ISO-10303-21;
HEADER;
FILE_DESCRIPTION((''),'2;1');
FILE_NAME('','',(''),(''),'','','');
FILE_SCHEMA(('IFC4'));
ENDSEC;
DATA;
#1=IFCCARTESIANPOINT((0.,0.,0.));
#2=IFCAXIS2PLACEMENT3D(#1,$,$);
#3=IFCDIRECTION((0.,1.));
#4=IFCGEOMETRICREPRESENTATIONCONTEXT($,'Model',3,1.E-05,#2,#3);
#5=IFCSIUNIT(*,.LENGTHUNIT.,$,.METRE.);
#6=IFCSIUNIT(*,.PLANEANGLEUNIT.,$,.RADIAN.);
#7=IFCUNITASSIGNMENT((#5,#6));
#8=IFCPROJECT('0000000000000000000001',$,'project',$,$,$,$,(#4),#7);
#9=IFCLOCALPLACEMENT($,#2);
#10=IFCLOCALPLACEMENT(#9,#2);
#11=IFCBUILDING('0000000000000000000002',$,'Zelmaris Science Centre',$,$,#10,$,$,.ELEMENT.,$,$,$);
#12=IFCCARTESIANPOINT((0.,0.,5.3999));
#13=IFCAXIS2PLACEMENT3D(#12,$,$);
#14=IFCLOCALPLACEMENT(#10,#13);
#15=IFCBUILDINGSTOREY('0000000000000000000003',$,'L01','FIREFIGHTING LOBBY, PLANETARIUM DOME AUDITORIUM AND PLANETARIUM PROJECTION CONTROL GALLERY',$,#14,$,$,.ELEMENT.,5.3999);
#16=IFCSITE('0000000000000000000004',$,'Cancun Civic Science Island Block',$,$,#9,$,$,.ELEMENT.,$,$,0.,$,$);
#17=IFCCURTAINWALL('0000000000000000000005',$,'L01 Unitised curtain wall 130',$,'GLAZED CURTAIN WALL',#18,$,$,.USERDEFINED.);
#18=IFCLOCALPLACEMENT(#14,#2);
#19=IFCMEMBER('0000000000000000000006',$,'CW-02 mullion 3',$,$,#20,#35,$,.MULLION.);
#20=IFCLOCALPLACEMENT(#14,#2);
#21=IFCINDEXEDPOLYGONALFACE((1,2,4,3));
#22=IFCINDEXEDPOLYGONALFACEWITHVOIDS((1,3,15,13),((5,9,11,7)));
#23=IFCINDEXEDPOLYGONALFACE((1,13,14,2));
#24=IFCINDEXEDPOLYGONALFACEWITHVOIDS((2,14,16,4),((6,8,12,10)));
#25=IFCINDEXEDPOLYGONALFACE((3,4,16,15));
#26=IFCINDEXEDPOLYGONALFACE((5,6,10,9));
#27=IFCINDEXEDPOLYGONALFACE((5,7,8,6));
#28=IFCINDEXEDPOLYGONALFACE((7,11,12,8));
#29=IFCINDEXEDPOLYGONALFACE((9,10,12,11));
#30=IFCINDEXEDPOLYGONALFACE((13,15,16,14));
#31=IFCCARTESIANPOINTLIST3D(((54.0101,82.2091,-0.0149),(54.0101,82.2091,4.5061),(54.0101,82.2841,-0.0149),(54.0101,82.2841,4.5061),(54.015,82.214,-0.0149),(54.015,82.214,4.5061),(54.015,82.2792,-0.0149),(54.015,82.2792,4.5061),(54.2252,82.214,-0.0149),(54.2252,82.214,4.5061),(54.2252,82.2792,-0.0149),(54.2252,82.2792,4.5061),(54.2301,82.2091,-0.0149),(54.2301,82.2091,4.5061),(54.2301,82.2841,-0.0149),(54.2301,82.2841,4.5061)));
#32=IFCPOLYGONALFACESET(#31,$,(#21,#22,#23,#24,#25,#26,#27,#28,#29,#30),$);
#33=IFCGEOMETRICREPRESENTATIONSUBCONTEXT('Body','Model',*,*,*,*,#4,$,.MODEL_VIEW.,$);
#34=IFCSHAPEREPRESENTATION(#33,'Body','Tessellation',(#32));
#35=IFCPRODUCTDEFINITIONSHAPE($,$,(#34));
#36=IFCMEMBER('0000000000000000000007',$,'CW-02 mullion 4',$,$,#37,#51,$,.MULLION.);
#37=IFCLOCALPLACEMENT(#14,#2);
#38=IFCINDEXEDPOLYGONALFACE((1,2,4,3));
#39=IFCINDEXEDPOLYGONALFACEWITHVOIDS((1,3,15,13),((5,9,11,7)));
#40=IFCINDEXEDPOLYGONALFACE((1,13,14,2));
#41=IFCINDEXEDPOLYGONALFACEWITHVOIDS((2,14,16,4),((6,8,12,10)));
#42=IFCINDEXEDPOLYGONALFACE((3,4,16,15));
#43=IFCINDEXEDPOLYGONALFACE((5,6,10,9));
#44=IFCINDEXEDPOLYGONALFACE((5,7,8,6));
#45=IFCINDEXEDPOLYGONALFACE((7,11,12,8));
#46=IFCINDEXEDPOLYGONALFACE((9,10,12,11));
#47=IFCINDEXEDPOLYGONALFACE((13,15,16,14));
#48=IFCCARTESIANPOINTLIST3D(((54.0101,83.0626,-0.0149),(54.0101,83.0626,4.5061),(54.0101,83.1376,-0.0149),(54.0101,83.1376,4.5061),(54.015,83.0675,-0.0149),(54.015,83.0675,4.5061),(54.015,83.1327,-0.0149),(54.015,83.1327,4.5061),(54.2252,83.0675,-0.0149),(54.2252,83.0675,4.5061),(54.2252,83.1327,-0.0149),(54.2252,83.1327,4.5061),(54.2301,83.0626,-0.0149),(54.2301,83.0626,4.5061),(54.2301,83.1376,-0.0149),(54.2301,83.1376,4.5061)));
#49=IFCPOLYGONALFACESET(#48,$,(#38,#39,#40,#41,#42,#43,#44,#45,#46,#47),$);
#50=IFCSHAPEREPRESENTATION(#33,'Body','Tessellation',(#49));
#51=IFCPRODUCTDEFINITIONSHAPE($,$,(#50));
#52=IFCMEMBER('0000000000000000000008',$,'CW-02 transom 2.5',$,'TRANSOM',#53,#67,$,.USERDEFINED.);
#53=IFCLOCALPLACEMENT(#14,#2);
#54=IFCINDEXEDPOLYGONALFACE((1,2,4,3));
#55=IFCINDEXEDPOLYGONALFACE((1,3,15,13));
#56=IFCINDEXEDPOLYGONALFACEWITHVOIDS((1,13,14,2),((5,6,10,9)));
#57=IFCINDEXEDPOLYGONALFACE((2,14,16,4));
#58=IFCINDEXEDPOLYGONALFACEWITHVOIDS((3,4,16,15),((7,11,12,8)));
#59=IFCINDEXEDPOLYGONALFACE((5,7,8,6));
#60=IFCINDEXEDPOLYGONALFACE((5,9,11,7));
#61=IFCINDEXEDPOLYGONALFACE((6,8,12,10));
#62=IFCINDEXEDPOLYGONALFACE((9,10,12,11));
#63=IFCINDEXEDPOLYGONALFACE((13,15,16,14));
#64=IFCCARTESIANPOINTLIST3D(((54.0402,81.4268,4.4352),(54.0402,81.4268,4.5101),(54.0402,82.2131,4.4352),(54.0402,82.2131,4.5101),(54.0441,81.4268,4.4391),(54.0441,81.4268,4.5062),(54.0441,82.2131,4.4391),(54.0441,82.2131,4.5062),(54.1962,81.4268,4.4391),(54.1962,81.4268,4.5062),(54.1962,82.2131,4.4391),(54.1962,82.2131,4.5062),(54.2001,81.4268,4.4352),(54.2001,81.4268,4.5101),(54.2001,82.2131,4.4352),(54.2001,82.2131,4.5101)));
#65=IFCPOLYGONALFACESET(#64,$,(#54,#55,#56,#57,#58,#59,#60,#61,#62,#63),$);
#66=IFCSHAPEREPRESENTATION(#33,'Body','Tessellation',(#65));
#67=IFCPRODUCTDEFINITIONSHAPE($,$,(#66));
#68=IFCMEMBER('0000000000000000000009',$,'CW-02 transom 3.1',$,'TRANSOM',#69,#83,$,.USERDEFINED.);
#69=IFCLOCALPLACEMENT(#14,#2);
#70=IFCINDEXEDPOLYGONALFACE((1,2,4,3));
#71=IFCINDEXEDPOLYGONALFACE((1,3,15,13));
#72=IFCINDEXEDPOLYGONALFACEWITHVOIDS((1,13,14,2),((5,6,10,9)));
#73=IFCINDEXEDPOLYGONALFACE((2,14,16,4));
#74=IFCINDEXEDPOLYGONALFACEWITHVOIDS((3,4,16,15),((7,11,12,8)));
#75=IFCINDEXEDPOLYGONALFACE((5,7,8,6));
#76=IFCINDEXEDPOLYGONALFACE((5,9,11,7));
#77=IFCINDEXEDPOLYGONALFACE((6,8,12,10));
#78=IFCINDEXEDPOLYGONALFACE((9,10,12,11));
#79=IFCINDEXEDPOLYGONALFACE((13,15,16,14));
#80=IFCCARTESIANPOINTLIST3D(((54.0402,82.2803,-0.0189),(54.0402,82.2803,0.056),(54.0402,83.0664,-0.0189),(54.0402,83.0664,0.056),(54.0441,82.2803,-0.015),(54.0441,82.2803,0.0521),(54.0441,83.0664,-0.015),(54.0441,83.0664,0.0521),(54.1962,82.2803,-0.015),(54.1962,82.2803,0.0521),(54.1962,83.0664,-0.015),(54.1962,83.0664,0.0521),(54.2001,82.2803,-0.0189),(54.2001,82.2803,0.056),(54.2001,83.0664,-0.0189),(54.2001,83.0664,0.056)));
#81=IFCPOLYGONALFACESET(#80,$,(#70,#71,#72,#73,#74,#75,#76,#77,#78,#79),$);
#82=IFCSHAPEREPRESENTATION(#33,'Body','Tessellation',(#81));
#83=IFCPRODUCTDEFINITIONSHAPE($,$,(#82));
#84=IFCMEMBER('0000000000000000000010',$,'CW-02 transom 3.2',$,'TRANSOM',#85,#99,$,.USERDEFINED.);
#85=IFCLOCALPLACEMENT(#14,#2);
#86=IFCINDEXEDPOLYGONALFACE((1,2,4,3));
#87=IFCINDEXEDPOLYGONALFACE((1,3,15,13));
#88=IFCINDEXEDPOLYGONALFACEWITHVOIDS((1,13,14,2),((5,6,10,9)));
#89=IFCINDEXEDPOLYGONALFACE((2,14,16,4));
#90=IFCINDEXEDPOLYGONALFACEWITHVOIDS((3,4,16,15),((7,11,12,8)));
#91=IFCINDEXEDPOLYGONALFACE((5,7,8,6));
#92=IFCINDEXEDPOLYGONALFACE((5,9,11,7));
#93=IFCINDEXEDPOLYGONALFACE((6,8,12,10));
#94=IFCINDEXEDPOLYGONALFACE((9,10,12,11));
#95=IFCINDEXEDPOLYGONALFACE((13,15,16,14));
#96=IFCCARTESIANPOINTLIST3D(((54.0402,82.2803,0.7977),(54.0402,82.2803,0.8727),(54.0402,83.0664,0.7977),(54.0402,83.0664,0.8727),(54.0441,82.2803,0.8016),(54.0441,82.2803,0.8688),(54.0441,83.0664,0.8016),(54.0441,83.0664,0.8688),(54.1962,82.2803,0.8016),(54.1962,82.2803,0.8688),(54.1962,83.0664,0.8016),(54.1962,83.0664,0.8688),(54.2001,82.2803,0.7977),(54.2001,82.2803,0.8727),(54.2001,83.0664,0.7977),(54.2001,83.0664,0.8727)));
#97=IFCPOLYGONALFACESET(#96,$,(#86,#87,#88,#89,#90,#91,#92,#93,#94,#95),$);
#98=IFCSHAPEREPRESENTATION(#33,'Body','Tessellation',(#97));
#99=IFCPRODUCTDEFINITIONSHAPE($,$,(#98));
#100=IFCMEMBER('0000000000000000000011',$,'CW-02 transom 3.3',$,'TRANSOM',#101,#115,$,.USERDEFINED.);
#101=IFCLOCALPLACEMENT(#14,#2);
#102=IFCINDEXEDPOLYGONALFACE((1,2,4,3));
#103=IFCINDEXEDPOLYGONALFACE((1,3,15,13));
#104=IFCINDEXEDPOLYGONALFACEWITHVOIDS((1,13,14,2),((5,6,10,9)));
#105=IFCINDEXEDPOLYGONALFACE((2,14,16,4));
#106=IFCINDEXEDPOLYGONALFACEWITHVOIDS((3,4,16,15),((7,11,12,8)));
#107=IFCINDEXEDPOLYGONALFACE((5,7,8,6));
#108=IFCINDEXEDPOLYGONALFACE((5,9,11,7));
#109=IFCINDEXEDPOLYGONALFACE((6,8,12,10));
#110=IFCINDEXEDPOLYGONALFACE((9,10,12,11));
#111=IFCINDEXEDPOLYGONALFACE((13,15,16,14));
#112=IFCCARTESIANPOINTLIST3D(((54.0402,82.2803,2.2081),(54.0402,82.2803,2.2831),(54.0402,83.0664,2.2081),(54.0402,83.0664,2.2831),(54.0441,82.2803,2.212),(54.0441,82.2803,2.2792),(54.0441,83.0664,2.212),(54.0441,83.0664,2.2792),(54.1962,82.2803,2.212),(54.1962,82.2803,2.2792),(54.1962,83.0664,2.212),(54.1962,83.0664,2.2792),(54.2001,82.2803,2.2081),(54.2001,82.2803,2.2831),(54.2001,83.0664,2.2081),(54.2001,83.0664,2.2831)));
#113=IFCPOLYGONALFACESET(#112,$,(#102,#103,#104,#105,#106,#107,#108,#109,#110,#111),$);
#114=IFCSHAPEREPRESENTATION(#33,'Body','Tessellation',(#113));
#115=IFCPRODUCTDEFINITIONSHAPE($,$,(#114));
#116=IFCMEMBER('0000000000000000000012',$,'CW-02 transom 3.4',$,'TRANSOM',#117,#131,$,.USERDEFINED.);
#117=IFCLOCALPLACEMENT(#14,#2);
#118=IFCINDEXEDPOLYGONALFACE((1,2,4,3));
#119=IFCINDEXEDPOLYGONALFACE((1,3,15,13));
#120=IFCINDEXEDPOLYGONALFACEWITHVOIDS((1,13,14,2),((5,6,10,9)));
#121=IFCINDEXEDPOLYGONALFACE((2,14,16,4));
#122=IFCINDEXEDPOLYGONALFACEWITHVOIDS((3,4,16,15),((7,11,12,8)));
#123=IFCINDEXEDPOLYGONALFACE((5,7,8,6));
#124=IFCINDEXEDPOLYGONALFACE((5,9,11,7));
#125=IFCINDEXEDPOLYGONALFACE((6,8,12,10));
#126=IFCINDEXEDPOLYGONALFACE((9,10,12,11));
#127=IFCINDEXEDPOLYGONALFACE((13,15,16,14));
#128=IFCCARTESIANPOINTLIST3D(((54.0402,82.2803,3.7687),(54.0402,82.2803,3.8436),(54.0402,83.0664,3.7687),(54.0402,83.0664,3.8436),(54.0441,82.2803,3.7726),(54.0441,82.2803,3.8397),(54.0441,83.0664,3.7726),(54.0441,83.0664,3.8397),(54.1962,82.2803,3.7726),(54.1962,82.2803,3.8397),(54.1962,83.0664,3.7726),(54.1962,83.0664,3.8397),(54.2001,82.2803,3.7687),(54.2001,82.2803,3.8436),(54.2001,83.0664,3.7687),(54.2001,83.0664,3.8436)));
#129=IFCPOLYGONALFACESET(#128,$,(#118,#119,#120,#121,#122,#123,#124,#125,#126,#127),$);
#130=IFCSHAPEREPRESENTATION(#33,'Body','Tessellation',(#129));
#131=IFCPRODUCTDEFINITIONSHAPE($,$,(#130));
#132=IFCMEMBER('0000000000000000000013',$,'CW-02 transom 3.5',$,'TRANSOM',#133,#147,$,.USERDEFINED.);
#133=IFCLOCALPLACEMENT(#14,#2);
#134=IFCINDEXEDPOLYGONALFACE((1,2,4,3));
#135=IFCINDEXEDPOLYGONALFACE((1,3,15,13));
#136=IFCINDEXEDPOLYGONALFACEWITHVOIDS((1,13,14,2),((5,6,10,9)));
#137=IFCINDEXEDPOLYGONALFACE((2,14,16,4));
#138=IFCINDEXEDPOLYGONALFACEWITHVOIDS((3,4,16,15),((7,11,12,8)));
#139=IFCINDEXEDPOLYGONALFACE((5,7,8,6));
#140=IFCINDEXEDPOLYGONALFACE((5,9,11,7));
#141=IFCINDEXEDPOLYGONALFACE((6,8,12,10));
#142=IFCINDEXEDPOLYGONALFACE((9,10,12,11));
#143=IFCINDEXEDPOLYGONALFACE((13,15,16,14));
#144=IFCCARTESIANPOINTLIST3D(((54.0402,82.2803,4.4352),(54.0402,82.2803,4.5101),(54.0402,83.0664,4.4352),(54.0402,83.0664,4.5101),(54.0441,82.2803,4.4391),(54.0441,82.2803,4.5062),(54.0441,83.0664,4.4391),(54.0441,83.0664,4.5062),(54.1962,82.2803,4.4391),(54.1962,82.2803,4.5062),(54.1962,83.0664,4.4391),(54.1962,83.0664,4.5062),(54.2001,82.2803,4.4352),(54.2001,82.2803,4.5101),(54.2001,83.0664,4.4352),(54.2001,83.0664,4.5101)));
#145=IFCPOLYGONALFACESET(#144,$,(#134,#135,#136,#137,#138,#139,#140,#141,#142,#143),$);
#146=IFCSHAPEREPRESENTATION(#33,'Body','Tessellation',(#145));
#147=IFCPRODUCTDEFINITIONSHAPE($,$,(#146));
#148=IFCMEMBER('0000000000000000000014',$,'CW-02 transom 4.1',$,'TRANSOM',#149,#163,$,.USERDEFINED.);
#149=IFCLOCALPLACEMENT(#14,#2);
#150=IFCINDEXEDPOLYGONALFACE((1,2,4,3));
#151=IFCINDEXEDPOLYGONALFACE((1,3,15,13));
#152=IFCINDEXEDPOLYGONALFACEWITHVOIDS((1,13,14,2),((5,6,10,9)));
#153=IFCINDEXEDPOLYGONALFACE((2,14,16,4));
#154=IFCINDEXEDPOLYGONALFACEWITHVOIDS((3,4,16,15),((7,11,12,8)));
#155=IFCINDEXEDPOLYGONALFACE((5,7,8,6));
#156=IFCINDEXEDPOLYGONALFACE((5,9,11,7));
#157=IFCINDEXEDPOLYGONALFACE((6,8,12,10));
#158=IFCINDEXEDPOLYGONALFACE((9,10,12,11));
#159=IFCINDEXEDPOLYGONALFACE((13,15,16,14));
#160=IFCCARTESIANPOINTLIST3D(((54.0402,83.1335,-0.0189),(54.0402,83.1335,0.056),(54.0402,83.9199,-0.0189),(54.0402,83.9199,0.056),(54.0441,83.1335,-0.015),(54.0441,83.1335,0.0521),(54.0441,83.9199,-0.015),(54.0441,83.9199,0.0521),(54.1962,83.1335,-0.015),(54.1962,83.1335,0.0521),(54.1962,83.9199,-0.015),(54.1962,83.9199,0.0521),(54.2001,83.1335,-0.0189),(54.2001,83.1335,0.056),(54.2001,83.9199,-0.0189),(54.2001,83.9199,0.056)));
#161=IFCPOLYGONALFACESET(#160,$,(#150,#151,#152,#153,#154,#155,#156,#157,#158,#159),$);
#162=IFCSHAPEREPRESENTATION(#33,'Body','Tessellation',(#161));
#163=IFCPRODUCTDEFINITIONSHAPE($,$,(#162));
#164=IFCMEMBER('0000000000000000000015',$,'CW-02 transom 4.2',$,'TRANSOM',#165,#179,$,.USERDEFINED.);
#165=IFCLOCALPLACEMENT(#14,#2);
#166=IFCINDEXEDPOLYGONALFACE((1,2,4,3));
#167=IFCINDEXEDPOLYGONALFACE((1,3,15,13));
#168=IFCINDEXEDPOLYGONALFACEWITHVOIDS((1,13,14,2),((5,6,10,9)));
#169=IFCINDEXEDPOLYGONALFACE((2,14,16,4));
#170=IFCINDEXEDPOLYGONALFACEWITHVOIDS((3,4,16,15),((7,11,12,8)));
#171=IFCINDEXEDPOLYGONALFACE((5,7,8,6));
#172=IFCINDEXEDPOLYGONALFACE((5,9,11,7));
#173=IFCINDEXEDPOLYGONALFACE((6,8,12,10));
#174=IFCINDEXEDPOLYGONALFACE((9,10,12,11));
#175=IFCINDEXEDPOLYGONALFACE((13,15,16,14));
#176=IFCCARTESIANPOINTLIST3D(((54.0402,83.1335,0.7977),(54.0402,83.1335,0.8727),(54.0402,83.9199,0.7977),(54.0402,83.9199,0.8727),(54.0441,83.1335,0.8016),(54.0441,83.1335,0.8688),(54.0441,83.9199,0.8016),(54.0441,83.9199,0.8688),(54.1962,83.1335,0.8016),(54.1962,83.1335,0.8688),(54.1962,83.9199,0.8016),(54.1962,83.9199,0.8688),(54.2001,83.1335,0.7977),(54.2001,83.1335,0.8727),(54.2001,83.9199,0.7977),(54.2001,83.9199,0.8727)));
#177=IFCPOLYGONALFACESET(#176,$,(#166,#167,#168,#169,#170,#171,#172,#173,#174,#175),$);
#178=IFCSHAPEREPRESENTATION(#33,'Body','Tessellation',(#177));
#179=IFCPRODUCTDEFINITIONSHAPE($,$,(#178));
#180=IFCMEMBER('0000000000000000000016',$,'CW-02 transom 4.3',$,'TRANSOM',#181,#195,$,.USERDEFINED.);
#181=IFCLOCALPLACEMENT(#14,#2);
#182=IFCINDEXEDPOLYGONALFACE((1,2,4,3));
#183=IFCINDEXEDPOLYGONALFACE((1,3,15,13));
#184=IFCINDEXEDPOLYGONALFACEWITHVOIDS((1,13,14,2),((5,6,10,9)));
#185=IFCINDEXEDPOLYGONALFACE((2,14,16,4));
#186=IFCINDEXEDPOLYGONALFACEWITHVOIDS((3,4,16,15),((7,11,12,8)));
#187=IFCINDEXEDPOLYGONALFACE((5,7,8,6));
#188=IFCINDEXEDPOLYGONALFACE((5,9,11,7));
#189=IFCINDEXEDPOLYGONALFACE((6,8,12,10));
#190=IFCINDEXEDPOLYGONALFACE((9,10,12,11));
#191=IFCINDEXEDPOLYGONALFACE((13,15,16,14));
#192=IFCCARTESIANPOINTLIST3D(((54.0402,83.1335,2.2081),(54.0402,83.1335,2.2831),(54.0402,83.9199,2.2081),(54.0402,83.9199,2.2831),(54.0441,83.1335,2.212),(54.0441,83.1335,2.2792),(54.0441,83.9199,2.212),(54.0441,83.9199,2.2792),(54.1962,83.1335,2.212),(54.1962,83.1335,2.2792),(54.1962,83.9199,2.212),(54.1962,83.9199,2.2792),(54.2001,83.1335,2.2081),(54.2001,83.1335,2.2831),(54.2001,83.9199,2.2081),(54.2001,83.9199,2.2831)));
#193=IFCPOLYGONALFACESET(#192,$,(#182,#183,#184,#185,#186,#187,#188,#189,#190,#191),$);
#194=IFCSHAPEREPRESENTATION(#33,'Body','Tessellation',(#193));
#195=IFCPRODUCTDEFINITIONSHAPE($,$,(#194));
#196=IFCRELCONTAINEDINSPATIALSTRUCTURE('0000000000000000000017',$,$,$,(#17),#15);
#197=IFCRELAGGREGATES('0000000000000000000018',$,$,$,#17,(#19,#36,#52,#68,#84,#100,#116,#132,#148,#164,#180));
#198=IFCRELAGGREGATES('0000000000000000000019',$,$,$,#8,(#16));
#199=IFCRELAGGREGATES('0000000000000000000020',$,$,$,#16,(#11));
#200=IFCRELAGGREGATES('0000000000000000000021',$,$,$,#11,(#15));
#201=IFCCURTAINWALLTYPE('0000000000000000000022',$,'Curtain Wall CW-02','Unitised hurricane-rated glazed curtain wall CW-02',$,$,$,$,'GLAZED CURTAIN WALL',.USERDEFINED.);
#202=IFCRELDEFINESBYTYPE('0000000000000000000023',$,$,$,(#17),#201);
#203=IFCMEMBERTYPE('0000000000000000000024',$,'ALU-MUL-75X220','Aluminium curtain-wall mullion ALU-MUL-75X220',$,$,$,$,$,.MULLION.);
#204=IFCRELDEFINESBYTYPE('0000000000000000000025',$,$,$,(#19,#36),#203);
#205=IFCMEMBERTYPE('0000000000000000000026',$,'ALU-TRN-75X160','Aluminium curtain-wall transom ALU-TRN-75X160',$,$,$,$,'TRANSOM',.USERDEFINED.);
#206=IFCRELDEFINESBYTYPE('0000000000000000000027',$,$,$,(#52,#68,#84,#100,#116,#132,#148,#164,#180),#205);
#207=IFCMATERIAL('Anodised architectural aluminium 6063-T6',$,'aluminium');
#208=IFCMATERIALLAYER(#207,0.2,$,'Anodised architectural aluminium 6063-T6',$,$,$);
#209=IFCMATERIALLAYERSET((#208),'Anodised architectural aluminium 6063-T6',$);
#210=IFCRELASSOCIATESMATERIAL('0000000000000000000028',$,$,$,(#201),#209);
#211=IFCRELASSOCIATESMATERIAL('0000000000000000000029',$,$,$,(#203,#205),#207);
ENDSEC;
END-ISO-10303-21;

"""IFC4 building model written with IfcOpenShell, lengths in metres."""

from ifc_helpers import new_model, si_unit, direction, frame, origin, origin_2d, place, context, subcontext, project, spatial, hollow_rectangle, extrude, material, layer, layer_set, material_profile, profile_set, type_object, element, aggregate, save


model = new_model("IFC4")

# Units and contexts
model_context = context("Model", 3, precision=1e-05, world=origin(), true_north=direction((0.0, 1.0)))
body_context = subcontext(model_context, "Body", "Model", "MODEL_VIEW")
ifc_project = project(units=[si_unit("LENGTHUNIT", "METRE"), si_unit("PLANEANGLEUNIT", "RADIAN")], contexts=[model_context])

# Site, building, storey
site_placement = place(None, origin())
site = spatial("IfcSite", under=ifc_project, at=site_placement, Name="Cancun Civic Science Island Block", CompositionType="ELEMENT", RefElevation=0.0)
building_placement = place(site_placement, origin())
building = spatial("IfcBuilding", under=site, at=building_placement, Name="Zelmaris Science Centre", CompositionType="ELEMENT")
storey_placement = place(building_placement, frame((0.0, 0.0, 5.3999)))
storey = spatial("IfcBuildingStorey", under=building, at=storey_placement, Name="L01", Description="FIREFIGHTING LOBBY, PLANETARIUM DOME AUDITORIUM AND PLANETARIUM PROJECTION CONTROL GALLERY", CompositionType="ELEMENT", Elevation=5.3999)

# Curtain wall, members
ifc_material_1 = material(Name="Anodised architectural aluminium 6063-T6", Category="aluminium")
ifc_layer_1 = layer(ifc_material_1, 0.2, Name="Anodised architectural aluminium 6063-T6")
ifc_layer_set_1 = layer_set([ifc_layer_1], Name="Anodised architectural aluminium 6063-T6")
curtain_wall_type = type_object("IfcCurtainWallType", Name="Curtain Wall CW-02", Description="Unitised hurricane-rated glazed curtain wall CW-02", ElementType="GLAZED CURTAIN WALL", PredefinedType="USERDEFINED", material=ifc_layer_set_1)
curtain_wall_placement = place(storey_placement, origin())
curtain_wall = element("IfcCurtainWall", 1, at=curtain_wall_placement, inside=storey, type_object=curtain_wall_type, Name="L01 Unitised curtain wall 130", ObjectType="GLAZED CURTAIN WALL", PredefinedType="USERDEFINED")
ifc_material_profile_1 = material_profile(ifc_material_1, hollow_rectangle(XDim=0.075, YDim=0.22, WallThickness=0.0049, at=origin_2d()), Name="ALU-MUL-75X220")
ifc_profile_set_1 = profile_set([ifc_material_profile_1], Name="Anodised architectural aluminium 6063-T6")
member_type_1 = type_object("IfcMemberType", Name="ALU-MUL-75X220", Description="Aluminium curtain-wall mullion ALU-MUL-75X220", PredefinedType="MULLION", material=ifc_profile_set_1)
member_1_placement = place(storey_placement, frame((54.1201, 82.2466, -0.0149), z_axis=(0.0, 0.0, 1.0), x_axis=(0.000007, 1.0, 0.0)))
member_1 = element("IfcMember", 2, at=member_1_placement, type_object=member_type_1, Name="CW-02 mullion 3", PredefinedType="MULLION", context=body_context, shape_type="SweptSolid", body=[
    extrude(hollow_rectangle(XDim=0.075, YDim=0.22, WallThickness=0.0049, at=origin_2d()), origin(), (0.0, 0.0, 1.0), 4.521),
])
member_2_placement = place(storey_placement, frame((54.1201, 83.1001, -0.0149), z_axis=(0.0, 0.0, 1.0), x_axis=(0.000007, 1.0, 0.0)))
member_2 = element("IfcMember", 3, at=member_2_placement, type_object=member_type_1, Name="CW-02 mullion 4", PredefinedType="MULLION", context=body_context, shape_type="SweptSolid", body=[
    extrude(hollow_rectangle(XDim=0.075, YDim=0.22, WallThickness=0.0049, at=origin_2d()), origin(), (0.0, 0.0, 1.0), 4.521),
])
ifc_material_profile_2 = material_profile(ifc_material_1, hollow_rectangle(XDim=0.075, YDim=0.1599, WallThickness=0.0039, at=origin_2d()), Name="ALU-TRN-75X160")
ifc_profile_set_2 = profile_set([ifc_material_profile_2], Name="Anodised architectural aluminium 6063-T6")
member_type_2 = type_object("IfcMemberType", Name="ALU-TRN-75X160", Description="Aluminium curtain-wall transom ALU-TRN-75X160", ElementType="TRANSOM", PredefinedType="USERDEFINED", material=ifc_profile_set_2)
member_3_placement = place(storey_placement, frame((54.1201, 81.4268, 4.4727), z_axis=(0.0, 1.0, 0.0), x_axis=(0.0, 0.0, 1.0)))
member_3 = element("IfcMember", 4, at=member_3_placement, type_object=member_type_2, Name="CW-02 transom 2.5", ObjectType="TRANSOM", PredefinedType="USERDEFINED", context=body_context, shape_type="SweptSolid", body=[
    extrude(hollow_rectangle(XDim=0.075, YDim=0.1599, WallThickness=0.0039, at=origin_2d()), origin(), (0.0, 0.0, 1.0), 0.7864),
])
member_4_placement = place(storey_placement, frame((54.1201, 82.2803, 0.0186), z_axis=(0.0, 1.0, 0.0), x_axis=(0.0, 0.0, 1.0)))
member_4 = element("IfcMember", 5, at=member_4_placement, type_object=member_type_2, Name="CW-02 transom 3.1", ObjectType="TRANSOM", PredefinedType="USERDEFINED", context=body_context, shape_type="SweptSolid", body=[
    extrude(hollow_rectangle(XDim=0.075, YDim=0.1599, WallThickness=0.0039, at=origin_2d()), origin(), (0.0, 0.0, 1.0), 0.7861),
])
member_5_placement = place(storey_placement, frame((54.1201, 82.2803, 0.8352), z_axis=(0.0, 1.0, 0.0), x_axis=(0.0, 0.0, 1.0)))
member_5 = element("IfcMember", 6, at=member_5_placement, type_object=member_type_2, Name="CW-02 transom 3.2", ObjectType="TRANSOM", PredefinedType="USERDEFINED", context=body_context, shape_type="SweptSolid", body=[
    extrude(hollow_rectangle(XDim=0.075, YDim=0.1599, WallThickness=0.0039, at=origin_2d()), origin(), (0.0, 0.0, 1.0), 0.7861),
])
member_6_placement = place(storey_placement, frame((54.1201, 82.2803, 2.2456), z_axis=(0.0, 1.0, 0.0), x_axis=(0.0, 0.0, 1.0)))
member_6 = element("IfcMember", 7, at=member_6_placement, type_object=member_type_2, Name="CW-02 transom 3.3", ObjectType="TRANSOM", PredefinedType="USERDEFINED", context=body_context, shape_type="SweptSolid", body=[
    extrude(hollow_rectangle(XDim=0.075, YDim=0.1599, WallThickness=0.0039, at=origin_2d()), origin(), (0.0, 0.0, 1.0), 0.7861),
])
member_7_placement = place(storey_placement, frame((54.1201, 82.2803, 3.8062), z_axis=(0.0, 1.0, 0.0), x_axis=(0.0, 0.0, 1.0)))
member_7 = element("IfcMember", 8, at=member_7_placement, type_object=member_type_2, Name="CW-02 transom 3.4", ObjectType="TRANSOM", PredefinedType="USERDEFINED", context=body_context, shape_type="SweptSolid", body=[
    extrude(hollow_rectangle(XDim=0.075, YDim=0.1599, WallThickness=0.0039, at=origin_2d()), origin(), (0.0, 0.0, 1.0), 0.7861),
])
member_8_placement = place(storey_placement, frame((54.1201, 82.2803, 4.4727), z_axis=(0.0, 1.0, 0.0), x_axis=(0.0, 0.0, 1.0)))
member_8 = element("IfcMember", 9, at=member_8_placement, type_object=member_type_2, Name="CW-02 transom 3.5", ObjectType="TRANSOM", PredefinedType="USERDEFINED", context=body_context, shape_type="SweptSolid", body=[
    extrude(hollow_rectangle(XDim=0.075, YDim=0.1599, WallThickness=0.0039, at=origin_2d()), origin(), (0.0, 0.0, 1.0), 0.7861),
])
member_9_placement = place(storey_placement, frame((54.1201, 83.1335, 0.0186), z_axis=(0.0, 1.0, 0.0), x_axis=(0.0, 0.0, 1.0)))
member_9 = element("IfcMember", 10, at=member_9_placement, type_object=member_type_2, Name="CW-02 transom 4.1", ObjectType="TRANSOM", PredefinedType="USERDEFINED", context=body_context, shape_type="SweptSolid", body=[
    extrude(hollow_rectangle(XDim=0.075, YDim=0.1599, WallThickness=0.0039, at=origin_2d()), origin(), (0.0, 0.0, 1.0), 0.7864),
])
member_10_placement = place(storey_placement, frame((54.1201, 83.1335, 0.8352), z_axis=(0.0, 1.0, 0.0), x_axis=(0.0, 0.0, 1.0)))
member_10 = element("IfcMember", 11, at=member_10_placement, type_object=member_type_2, Name="CW-02 transom 4.2", ObjectType="TRANSOM", PredefinedType="USERDEFINED", context=body_context, shape_type="SweptSolid", body=[
    extrude(hollow_rectangle(XDim=0.075, YDim=0.1599, WallThickness=0.0039, at=origin_2d()), origin(), (0.0, 0.0, 1.0), 0.7864),
])
member_11_placement = place(storey_placement, frame((54.1201, 83.1335, 2.2456), z_axis=(0.0, 1.0, 0.0), x_axis=(0.0, 0.0, 1.0)))
member_11 = element("IfcMember", 12, at=member_11_placement, type_object=member_type_2, Name="CW-02 transom 4.3", ObjectType="TRANSOM", PredefinedType="USERDEFINED", context=body_context, shape_type="SweptSolid", body=[
    extrude(hollow_rectangle(XDim=0.075, YDim=0.1599, WallThickness=0.0039, at=origin_2d()), origin(), (0.0, 0.0, 1.0), 0.7864),
])
aggregate(curtain_wall, [member_1, member_2, member_3, member_4, member_5, member_6, member_7, member_8, member_9, member_10, member_11])

save(model, "model.ifc")
